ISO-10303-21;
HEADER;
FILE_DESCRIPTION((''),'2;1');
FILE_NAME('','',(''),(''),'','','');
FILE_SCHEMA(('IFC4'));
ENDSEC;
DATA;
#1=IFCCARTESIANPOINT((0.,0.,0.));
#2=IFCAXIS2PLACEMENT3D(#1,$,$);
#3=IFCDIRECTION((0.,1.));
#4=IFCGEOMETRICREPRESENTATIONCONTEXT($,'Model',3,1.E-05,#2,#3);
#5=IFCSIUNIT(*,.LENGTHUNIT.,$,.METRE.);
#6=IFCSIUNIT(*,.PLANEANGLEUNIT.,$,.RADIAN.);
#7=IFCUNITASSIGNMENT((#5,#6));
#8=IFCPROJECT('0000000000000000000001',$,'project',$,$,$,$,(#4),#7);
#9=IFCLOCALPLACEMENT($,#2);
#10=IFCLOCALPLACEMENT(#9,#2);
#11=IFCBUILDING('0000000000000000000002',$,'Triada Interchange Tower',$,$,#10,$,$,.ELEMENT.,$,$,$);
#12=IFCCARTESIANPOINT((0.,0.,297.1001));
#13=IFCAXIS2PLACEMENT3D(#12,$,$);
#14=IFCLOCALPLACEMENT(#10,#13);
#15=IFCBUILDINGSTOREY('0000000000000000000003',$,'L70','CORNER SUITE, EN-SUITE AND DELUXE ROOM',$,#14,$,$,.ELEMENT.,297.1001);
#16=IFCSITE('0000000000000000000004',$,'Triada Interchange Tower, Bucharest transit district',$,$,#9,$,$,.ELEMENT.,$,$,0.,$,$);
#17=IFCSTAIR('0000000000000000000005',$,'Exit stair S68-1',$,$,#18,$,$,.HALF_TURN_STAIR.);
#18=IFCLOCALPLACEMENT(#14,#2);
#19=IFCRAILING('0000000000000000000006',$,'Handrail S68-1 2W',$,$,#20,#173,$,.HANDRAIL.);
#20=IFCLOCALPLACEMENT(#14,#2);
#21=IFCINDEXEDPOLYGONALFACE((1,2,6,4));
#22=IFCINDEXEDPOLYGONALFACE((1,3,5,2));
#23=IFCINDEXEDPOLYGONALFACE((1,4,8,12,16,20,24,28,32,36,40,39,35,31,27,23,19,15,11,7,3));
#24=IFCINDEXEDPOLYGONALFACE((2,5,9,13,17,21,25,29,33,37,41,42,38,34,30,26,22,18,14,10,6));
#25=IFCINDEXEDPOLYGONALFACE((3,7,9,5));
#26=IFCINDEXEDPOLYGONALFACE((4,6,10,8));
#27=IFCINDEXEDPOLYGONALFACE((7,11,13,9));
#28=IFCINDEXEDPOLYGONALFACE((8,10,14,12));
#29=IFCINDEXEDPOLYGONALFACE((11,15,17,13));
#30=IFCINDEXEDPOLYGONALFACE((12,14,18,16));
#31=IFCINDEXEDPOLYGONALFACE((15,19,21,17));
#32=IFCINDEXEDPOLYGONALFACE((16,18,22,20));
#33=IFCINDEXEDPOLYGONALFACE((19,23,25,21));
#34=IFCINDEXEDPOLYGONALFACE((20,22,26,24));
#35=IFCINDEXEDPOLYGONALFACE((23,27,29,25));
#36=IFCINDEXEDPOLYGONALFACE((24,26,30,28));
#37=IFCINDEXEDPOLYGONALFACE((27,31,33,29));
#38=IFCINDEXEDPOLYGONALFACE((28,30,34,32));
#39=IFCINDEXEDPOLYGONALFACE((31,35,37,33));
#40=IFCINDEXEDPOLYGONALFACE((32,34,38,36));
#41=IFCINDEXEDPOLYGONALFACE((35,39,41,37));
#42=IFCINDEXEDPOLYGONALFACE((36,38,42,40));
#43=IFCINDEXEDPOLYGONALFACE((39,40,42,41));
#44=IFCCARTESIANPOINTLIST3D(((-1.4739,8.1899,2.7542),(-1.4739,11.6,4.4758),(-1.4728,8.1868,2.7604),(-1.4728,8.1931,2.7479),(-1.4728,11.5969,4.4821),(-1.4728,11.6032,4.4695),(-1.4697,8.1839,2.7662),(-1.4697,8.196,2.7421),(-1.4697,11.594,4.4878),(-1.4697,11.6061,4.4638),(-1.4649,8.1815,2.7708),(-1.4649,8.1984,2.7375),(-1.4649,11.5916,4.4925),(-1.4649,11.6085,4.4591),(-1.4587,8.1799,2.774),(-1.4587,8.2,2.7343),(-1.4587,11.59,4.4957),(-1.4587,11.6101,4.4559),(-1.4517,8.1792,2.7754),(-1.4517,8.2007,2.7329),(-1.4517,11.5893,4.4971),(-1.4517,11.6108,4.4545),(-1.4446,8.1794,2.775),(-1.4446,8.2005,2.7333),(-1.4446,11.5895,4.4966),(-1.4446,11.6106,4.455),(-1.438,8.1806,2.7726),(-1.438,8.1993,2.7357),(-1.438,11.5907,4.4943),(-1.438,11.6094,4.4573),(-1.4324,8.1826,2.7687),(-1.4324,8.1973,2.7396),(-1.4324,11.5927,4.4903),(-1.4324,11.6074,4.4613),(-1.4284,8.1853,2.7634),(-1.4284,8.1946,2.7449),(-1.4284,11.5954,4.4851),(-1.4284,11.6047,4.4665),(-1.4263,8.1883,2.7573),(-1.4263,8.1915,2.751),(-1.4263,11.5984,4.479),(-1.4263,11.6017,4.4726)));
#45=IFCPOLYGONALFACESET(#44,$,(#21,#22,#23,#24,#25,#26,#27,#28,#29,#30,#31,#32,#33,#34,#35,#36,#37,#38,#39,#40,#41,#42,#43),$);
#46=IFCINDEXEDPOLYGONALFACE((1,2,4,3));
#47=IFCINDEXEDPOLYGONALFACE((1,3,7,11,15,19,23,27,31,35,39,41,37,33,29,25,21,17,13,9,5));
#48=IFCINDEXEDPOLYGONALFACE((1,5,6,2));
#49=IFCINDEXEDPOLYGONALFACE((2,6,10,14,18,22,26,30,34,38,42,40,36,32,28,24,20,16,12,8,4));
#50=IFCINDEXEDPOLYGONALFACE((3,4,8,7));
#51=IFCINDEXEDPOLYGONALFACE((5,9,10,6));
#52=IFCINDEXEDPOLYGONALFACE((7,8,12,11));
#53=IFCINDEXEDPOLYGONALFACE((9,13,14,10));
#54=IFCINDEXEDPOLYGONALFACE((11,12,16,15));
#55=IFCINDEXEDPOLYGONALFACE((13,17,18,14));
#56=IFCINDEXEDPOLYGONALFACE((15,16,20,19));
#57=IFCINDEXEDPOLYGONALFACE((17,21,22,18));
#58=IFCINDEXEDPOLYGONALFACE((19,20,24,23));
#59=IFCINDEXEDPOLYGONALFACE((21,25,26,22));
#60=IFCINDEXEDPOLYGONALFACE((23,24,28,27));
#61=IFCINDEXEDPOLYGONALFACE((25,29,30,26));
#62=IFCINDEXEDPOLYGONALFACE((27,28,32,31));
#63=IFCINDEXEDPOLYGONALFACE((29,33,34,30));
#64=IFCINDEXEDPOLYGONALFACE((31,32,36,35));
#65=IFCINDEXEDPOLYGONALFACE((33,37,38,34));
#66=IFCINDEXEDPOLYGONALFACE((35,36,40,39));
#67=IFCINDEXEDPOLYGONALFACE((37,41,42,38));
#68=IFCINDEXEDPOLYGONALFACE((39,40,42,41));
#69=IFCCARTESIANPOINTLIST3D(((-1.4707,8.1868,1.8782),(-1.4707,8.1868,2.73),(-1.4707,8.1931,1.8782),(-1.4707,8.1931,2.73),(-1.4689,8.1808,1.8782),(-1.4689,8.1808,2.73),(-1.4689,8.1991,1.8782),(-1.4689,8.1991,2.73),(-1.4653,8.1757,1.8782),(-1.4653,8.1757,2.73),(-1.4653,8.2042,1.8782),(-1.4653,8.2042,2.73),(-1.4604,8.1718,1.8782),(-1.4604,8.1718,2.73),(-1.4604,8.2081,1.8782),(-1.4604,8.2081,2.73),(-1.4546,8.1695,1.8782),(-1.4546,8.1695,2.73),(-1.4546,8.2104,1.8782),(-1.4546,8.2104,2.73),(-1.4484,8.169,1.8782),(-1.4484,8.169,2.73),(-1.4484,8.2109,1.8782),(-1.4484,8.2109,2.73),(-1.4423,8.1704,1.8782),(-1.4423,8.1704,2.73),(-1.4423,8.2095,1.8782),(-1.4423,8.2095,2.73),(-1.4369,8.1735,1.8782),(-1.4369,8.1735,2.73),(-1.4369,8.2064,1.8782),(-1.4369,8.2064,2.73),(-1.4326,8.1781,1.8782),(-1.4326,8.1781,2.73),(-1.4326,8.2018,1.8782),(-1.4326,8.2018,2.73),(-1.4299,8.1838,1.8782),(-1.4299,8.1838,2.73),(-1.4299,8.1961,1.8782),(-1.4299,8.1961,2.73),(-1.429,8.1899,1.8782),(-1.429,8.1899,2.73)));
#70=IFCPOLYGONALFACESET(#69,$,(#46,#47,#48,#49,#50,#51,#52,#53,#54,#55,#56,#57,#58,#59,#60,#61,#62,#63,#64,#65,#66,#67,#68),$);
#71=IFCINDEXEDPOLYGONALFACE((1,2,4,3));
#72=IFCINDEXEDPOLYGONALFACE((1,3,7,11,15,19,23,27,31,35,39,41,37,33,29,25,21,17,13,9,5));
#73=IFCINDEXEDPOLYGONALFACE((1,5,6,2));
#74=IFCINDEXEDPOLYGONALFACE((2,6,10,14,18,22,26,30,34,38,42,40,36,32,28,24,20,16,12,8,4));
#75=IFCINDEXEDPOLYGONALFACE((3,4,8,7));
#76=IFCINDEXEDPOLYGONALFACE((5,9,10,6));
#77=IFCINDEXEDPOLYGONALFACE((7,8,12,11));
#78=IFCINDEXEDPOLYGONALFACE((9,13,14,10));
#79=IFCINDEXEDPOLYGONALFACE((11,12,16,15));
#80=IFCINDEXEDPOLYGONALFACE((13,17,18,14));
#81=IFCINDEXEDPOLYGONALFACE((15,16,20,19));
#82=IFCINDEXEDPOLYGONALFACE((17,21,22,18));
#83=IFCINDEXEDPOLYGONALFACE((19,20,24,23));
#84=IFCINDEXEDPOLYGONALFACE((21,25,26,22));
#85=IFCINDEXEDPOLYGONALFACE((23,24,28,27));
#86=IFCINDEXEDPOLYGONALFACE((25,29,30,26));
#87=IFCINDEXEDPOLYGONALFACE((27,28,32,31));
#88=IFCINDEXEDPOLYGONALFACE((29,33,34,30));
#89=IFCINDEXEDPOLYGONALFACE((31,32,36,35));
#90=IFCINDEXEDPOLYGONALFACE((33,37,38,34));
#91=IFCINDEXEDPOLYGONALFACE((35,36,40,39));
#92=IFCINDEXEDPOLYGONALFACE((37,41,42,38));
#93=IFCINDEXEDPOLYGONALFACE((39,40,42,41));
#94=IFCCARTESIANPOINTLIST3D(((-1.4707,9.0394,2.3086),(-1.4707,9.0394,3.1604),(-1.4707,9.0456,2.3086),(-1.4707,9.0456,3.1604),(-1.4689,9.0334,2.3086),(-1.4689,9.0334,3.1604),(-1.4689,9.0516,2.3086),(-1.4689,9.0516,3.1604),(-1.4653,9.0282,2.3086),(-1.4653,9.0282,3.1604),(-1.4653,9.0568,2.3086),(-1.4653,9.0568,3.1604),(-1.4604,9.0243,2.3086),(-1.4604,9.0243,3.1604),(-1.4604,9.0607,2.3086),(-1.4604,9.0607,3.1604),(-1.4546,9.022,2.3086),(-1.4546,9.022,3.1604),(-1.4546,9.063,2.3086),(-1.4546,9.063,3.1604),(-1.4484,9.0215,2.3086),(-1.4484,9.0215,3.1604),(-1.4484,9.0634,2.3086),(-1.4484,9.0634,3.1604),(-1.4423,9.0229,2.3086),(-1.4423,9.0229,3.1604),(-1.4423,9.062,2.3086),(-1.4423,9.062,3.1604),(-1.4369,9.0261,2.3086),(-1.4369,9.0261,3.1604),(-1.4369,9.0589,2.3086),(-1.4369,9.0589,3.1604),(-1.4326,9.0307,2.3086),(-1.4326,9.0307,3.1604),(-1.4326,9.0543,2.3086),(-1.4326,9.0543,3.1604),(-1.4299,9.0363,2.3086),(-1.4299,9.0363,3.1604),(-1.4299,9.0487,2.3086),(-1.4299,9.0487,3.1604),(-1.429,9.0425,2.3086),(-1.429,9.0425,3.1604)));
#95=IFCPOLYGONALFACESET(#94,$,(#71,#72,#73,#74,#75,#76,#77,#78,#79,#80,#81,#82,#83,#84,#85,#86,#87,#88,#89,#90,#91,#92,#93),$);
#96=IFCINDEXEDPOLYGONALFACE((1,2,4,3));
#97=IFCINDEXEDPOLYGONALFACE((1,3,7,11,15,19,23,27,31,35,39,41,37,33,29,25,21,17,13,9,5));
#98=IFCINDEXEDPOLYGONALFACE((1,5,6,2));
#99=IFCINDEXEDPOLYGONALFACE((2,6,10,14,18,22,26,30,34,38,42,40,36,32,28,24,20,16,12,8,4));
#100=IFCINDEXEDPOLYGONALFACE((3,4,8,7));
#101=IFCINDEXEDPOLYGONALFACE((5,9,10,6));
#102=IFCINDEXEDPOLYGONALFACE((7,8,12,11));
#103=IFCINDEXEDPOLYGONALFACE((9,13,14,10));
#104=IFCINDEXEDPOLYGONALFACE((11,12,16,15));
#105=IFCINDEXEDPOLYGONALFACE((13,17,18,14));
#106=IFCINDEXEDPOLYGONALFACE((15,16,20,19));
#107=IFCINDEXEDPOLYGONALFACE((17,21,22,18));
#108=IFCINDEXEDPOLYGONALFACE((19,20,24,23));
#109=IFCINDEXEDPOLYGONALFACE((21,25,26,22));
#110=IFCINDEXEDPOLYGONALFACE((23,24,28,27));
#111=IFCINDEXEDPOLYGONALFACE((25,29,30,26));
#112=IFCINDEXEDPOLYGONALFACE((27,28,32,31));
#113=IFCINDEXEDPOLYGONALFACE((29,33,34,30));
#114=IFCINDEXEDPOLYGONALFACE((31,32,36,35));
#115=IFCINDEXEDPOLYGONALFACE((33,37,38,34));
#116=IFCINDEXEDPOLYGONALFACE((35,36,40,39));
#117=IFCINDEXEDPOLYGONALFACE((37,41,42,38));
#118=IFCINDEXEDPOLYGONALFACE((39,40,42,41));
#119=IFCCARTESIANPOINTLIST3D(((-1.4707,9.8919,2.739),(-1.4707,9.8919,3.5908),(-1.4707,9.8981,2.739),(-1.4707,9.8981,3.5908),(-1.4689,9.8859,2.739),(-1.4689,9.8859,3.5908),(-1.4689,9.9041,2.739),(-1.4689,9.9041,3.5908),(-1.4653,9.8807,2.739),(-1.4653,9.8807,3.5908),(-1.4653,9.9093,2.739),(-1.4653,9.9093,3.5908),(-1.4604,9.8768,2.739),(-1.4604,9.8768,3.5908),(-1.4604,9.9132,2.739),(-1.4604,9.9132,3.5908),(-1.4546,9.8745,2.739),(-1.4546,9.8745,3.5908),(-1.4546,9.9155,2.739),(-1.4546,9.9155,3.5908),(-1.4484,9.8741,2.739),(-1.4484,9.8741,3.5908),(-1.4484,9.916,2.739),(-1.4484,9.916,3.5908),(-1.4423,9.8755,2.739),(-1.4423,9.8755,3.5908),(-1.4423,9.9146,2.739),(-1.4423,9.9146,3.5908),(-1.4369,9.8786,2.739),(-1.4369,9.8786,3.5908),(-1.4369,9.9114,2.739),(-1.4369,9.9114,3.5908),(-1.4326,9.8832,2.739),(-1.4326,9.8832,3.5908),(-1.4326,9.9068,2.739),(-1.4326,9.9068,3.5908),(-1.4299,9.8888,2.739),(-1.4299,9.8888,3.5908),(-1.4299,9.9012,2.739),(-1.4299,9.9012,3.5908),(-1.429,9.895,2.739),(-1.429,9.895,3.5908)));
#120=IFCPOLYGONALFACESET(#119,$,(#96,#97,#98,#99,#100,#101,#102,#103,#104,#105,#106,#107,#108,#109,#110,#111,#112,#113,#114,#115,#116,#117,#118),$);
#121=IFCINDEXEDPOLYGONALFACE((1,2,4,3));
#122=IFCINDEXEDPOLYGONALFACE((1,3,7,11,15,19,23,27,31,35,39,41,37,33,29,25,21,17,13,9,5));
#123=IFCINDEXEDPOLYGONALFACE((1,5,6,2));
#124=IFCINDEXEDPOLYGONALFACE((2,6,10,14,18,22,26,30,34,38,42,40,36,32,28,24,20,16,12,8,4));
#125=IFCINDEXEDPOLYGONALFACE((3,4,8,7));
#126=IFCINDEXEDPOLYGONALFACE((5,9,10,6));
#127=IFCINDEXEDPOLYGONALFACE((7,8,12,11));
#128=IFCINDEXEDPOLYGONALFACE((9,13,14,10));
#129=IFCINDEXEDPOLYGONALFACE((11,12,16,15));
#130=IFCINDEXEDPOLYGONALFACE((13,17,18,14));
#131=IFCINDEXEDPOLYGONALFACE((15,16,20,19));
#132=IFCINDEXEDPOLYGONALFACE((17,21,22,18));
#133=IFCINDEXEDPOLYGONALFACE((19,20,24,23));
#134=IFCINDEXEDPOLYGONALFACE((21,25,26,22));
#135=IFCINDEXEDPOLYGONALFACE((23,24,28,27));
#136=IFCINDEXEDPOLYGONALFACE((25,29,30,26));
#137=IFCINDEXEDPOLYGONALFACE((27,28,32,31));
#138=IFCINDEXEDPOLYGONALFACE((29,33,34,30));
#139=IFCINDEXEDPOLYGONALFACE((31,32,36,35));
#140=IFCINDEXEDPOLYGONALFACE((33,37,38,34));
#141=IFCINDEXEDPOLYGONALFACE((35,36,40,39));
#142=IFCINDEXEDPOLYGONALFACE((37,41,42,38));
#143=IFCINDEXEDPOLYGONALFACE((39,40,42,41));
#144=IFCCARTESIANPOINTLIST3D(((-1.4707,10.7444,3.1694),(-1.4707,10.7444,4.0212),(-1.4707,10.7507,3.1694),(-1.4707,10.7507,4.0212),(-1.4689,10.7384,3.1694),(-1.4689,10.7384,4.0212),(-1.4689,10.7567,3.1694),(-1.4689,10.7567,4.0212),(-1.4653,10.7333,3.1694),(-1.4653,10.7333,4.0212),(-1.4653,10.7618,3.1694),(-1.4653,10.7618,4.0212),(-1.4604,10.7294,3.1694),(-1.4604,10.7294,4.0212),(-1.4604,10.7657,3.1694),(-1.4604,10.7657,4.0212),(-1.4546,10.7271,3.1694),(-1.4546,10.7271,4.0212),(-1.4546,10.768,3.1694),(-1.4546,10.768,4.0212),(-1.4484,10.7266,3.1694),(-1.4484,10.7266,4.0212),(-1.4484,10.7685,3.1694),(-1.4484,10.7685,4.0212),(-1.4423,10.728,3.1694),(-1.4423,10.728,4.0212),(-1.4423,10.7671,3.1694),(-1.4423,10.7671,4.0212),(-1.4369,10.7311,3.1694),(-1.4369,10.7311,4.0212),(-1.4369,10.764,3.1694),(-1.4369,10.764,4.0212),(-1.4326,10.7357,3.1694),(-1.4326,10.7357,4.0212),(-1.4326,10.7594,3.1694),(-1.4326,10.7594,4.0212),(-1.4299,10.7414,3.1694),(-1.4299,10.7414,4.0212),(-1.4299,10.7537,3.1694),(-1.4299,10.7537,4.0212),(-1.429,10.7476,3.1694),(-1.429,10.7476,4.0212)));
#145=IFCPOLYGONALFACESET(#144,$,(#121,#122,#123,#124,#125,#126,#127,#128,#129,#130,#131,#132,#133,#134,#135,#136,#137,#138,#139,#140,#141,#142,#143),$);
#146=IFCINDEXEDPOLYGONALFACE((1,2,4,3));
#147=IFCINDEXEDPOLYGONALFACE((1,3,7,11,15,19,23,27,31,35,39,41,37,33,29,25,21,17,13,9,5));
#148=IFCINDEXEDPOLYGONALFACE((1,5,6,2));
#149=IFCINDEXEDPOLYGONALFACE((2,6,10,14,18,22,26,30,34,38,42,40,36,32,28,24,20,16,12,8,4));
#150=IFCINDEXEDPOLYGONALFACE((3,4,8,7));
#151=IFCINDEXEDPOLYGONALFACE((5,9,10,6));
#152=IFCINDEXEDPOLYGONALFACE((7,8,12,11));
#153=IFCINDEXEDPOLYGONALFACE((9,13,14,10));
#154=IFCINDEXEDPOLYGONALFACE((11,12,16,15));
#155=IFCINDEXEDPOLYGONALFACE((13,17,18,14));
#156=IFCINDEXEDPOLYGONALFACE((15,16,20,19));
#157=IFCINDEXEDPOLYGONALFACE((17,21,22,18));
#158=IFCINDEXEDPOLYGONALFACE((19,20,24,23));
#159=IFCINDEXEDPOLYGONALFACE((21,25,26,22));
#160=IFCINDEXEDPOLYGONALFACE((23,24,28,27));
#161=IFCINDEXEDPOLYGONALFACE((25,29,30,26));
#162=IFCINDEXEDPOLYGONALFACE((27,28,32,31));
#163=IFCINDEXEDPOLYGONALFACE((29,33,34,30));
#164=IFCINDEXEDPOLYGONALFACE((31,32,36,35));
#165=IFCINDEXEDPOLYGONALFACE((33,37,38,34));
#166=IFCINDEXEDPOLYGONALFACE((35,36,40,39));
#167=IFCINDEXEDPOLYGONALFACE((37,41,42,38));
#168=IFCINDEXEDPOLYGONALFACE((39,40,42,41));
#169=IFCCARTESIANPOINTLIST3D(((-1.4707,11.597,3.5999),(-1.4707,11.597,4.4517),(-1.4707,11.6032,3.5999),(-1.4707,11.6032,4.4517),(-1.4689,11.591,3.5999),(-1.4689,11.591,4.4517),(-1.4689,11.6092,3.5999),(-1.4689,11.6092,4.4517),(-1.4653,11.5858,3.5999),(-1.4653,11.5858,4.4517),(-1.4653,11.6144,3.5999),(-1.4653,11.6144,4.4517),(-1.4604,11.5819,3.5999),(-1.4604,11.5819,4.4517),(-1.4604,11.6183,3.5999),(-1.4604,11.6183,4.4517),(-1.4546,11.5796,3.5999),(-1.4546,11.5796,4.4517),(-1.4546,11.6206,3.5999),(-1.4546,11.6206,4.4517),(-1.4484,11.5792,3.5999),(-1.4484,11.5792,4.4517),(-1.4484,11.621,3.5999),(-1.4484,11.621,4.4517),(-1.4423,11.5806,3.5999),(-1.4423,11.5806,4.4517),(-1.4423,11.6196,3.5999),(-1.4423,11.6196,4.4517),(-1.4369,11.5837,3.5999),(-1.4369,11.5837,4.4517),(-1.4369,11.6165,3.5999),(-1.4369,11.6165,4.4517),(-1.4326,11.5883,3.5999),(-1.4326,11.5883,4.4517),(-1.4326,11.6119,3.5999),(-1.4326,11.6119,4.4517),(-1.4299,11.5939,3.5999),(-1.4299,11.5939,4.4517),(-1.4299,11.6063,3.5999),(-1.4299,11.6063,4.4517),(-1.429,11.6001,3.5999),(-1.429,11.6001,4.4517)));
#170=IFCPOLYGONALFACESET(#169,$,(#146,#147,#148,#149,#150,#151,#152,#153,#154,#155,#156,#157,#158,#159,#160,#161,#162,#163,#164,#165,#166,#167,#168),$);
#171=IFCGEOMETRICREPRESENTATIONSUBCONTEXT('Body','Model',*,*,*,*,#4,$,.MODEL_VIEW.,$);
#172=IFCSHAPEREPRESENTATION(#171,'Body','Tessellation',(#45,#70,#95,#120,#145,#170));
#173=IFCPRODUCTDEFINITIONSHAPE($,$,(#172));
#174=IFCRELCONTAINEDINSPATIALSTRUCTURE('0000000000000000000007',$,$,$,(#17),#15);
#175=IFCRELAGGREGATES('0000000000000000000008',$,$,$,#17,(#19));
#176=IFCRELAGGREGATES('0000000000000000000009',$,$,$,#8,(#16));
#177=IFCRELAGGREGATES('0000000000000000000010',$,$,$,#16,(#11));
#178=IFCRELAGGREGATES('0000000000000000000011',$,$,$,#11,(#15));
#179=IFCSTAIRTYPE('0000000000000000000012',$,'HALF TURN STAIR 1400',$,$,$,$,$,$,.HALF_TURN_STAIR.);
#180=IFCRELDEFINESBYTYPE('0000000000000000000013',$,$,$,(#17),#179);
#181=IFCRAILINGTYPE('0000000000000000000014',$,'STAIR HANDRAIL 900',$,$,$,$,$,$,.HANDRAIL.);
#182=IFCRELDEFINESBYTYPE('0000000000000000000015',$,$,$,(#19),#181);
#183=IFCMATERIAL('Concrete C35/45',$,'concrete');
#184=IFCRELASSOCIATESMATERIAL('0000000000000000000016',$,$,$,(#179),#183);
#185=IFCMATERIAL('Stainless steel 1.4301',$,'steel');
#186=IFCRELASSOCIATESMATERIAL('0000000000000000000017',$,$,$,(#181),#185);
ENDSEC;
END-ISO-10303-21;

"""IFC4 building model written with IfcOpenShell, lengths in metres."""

from ifc_helpers import new_model, si_unit, direction, frame, origin, origin_2d, place, context, subcontext, project, spatial, circle, extrude, material, type_object, element, aggregate, save


model = new_model("IFC4")

# Units and contexts
model_context = context("Model", 3, precision=1e-05, world=origin(), true_north=direction((0.0, 1.0)))
body_context = subcontext(model_context, "Body", "Model", "MODEL_VIEW")
ifc_project = project(units=[si_unit("LENGTHUNIT", "METRE"), si_unit("PLANEANGLEUNIT", "RADIAN")], contexts=[model_context])

# Site, building, storey
site_placement = place(None, origin())
site = spatial("IfcSite", under=ifc_project, at=site_placement, Name="Triada Interchange Tower, Bucharest transit district", CompositionType="ELEMENT", RefElevation=0.0)
building_placement = place(site_placement, origin())
building = spatial("IfcBuilding", under=site, at=building_placement, Name="Triada Interchange Tower", CompositionType="ELEMENT")
storey_placement = place(building_placement, frame((0.0, 0.0, 297.1001)))
storey = spatial("IfcBuildingStorey", under=building, at=storey_placement, Name="L70", Description="CORNER SUITE, EN-SUITE AND DELUXE ROOM", CompositionType="ELEMENT", Elevation=297.1001)

# Stair
ifc_material_1 = material(Name="Concrete C35/45", Category="concrete")
stair_type = type_object("IfcStairType", Name="HALF TURN STAIR 1400", PredefinedType="HALF_TURN_STAIR", material=ifc_material_1)
stair_placement = place(storey_placement, origin())
stair = element("IfcStair", 1, at=stair_placement, inside=storey, type_object=stair_type, Name="Exit stair S68-1", PredefinedType="HALF_TURN_STAIR")

# Railing
ifc_material_2 = material(Name="Stainless steel 1.4301", Category="steel")
railing_type = type_object("IfcRailingType", Name="STAIR HANDRAIL 900", PredefinedType="HANDRAIL", material=ifc_material_2)
railing_1_placement = place(storey_placement, frame((-1.45, 8.1899, 1.8782)))
railing_1 = element("IfcRailing", 2, at=railing_1_placement, type_object=railing_type, Name="Handrail S68-1 2W", PredefinedType="HANDRAIL", context=body_context, shape_type="SweptSolid", body=[
    extrude(circle(Radius=0.0239, at=origin_2d()), frame((0.0, 0.0, 0.876), z_axis=(0.0, 0.892682, 0.450687), x_axis=(-1.0, 0.0, 0.0)), (0.0, 0.0, 1.0), 3.8201),
    extrude(circle(Radius=0.021, at=origin_2d()), origin(), (0.0, 0.0, 1.0), 0.8518),
    extrude(circle(Radius=0.021, at=origin_2d()), frame((0.0, 0.8525, 0.4304)), (0.0, 0.0, 1.0), 0.8518),
    extrude(circle(Radius=0.021, at=origin_2d()), frame((0.0, 1.7051, 0.8608)), (0.0, 0.0, 1.0), 0.8518),
    extrude(circle(Radius=0.021, at=origin_2d()), frame((0.0, 2.5576, 1.2913)), (0.0, 0.0, 1.0), 0.8518),
    extrude(circle(Radius=0.021, at=origin_2d()), frame((0.0, 3.4102, 1.7217)), (0.0, 0.0, 1.0), 0.8518),
])
aggregate(stair, [railing_1])

save(model, "model.ifc")
